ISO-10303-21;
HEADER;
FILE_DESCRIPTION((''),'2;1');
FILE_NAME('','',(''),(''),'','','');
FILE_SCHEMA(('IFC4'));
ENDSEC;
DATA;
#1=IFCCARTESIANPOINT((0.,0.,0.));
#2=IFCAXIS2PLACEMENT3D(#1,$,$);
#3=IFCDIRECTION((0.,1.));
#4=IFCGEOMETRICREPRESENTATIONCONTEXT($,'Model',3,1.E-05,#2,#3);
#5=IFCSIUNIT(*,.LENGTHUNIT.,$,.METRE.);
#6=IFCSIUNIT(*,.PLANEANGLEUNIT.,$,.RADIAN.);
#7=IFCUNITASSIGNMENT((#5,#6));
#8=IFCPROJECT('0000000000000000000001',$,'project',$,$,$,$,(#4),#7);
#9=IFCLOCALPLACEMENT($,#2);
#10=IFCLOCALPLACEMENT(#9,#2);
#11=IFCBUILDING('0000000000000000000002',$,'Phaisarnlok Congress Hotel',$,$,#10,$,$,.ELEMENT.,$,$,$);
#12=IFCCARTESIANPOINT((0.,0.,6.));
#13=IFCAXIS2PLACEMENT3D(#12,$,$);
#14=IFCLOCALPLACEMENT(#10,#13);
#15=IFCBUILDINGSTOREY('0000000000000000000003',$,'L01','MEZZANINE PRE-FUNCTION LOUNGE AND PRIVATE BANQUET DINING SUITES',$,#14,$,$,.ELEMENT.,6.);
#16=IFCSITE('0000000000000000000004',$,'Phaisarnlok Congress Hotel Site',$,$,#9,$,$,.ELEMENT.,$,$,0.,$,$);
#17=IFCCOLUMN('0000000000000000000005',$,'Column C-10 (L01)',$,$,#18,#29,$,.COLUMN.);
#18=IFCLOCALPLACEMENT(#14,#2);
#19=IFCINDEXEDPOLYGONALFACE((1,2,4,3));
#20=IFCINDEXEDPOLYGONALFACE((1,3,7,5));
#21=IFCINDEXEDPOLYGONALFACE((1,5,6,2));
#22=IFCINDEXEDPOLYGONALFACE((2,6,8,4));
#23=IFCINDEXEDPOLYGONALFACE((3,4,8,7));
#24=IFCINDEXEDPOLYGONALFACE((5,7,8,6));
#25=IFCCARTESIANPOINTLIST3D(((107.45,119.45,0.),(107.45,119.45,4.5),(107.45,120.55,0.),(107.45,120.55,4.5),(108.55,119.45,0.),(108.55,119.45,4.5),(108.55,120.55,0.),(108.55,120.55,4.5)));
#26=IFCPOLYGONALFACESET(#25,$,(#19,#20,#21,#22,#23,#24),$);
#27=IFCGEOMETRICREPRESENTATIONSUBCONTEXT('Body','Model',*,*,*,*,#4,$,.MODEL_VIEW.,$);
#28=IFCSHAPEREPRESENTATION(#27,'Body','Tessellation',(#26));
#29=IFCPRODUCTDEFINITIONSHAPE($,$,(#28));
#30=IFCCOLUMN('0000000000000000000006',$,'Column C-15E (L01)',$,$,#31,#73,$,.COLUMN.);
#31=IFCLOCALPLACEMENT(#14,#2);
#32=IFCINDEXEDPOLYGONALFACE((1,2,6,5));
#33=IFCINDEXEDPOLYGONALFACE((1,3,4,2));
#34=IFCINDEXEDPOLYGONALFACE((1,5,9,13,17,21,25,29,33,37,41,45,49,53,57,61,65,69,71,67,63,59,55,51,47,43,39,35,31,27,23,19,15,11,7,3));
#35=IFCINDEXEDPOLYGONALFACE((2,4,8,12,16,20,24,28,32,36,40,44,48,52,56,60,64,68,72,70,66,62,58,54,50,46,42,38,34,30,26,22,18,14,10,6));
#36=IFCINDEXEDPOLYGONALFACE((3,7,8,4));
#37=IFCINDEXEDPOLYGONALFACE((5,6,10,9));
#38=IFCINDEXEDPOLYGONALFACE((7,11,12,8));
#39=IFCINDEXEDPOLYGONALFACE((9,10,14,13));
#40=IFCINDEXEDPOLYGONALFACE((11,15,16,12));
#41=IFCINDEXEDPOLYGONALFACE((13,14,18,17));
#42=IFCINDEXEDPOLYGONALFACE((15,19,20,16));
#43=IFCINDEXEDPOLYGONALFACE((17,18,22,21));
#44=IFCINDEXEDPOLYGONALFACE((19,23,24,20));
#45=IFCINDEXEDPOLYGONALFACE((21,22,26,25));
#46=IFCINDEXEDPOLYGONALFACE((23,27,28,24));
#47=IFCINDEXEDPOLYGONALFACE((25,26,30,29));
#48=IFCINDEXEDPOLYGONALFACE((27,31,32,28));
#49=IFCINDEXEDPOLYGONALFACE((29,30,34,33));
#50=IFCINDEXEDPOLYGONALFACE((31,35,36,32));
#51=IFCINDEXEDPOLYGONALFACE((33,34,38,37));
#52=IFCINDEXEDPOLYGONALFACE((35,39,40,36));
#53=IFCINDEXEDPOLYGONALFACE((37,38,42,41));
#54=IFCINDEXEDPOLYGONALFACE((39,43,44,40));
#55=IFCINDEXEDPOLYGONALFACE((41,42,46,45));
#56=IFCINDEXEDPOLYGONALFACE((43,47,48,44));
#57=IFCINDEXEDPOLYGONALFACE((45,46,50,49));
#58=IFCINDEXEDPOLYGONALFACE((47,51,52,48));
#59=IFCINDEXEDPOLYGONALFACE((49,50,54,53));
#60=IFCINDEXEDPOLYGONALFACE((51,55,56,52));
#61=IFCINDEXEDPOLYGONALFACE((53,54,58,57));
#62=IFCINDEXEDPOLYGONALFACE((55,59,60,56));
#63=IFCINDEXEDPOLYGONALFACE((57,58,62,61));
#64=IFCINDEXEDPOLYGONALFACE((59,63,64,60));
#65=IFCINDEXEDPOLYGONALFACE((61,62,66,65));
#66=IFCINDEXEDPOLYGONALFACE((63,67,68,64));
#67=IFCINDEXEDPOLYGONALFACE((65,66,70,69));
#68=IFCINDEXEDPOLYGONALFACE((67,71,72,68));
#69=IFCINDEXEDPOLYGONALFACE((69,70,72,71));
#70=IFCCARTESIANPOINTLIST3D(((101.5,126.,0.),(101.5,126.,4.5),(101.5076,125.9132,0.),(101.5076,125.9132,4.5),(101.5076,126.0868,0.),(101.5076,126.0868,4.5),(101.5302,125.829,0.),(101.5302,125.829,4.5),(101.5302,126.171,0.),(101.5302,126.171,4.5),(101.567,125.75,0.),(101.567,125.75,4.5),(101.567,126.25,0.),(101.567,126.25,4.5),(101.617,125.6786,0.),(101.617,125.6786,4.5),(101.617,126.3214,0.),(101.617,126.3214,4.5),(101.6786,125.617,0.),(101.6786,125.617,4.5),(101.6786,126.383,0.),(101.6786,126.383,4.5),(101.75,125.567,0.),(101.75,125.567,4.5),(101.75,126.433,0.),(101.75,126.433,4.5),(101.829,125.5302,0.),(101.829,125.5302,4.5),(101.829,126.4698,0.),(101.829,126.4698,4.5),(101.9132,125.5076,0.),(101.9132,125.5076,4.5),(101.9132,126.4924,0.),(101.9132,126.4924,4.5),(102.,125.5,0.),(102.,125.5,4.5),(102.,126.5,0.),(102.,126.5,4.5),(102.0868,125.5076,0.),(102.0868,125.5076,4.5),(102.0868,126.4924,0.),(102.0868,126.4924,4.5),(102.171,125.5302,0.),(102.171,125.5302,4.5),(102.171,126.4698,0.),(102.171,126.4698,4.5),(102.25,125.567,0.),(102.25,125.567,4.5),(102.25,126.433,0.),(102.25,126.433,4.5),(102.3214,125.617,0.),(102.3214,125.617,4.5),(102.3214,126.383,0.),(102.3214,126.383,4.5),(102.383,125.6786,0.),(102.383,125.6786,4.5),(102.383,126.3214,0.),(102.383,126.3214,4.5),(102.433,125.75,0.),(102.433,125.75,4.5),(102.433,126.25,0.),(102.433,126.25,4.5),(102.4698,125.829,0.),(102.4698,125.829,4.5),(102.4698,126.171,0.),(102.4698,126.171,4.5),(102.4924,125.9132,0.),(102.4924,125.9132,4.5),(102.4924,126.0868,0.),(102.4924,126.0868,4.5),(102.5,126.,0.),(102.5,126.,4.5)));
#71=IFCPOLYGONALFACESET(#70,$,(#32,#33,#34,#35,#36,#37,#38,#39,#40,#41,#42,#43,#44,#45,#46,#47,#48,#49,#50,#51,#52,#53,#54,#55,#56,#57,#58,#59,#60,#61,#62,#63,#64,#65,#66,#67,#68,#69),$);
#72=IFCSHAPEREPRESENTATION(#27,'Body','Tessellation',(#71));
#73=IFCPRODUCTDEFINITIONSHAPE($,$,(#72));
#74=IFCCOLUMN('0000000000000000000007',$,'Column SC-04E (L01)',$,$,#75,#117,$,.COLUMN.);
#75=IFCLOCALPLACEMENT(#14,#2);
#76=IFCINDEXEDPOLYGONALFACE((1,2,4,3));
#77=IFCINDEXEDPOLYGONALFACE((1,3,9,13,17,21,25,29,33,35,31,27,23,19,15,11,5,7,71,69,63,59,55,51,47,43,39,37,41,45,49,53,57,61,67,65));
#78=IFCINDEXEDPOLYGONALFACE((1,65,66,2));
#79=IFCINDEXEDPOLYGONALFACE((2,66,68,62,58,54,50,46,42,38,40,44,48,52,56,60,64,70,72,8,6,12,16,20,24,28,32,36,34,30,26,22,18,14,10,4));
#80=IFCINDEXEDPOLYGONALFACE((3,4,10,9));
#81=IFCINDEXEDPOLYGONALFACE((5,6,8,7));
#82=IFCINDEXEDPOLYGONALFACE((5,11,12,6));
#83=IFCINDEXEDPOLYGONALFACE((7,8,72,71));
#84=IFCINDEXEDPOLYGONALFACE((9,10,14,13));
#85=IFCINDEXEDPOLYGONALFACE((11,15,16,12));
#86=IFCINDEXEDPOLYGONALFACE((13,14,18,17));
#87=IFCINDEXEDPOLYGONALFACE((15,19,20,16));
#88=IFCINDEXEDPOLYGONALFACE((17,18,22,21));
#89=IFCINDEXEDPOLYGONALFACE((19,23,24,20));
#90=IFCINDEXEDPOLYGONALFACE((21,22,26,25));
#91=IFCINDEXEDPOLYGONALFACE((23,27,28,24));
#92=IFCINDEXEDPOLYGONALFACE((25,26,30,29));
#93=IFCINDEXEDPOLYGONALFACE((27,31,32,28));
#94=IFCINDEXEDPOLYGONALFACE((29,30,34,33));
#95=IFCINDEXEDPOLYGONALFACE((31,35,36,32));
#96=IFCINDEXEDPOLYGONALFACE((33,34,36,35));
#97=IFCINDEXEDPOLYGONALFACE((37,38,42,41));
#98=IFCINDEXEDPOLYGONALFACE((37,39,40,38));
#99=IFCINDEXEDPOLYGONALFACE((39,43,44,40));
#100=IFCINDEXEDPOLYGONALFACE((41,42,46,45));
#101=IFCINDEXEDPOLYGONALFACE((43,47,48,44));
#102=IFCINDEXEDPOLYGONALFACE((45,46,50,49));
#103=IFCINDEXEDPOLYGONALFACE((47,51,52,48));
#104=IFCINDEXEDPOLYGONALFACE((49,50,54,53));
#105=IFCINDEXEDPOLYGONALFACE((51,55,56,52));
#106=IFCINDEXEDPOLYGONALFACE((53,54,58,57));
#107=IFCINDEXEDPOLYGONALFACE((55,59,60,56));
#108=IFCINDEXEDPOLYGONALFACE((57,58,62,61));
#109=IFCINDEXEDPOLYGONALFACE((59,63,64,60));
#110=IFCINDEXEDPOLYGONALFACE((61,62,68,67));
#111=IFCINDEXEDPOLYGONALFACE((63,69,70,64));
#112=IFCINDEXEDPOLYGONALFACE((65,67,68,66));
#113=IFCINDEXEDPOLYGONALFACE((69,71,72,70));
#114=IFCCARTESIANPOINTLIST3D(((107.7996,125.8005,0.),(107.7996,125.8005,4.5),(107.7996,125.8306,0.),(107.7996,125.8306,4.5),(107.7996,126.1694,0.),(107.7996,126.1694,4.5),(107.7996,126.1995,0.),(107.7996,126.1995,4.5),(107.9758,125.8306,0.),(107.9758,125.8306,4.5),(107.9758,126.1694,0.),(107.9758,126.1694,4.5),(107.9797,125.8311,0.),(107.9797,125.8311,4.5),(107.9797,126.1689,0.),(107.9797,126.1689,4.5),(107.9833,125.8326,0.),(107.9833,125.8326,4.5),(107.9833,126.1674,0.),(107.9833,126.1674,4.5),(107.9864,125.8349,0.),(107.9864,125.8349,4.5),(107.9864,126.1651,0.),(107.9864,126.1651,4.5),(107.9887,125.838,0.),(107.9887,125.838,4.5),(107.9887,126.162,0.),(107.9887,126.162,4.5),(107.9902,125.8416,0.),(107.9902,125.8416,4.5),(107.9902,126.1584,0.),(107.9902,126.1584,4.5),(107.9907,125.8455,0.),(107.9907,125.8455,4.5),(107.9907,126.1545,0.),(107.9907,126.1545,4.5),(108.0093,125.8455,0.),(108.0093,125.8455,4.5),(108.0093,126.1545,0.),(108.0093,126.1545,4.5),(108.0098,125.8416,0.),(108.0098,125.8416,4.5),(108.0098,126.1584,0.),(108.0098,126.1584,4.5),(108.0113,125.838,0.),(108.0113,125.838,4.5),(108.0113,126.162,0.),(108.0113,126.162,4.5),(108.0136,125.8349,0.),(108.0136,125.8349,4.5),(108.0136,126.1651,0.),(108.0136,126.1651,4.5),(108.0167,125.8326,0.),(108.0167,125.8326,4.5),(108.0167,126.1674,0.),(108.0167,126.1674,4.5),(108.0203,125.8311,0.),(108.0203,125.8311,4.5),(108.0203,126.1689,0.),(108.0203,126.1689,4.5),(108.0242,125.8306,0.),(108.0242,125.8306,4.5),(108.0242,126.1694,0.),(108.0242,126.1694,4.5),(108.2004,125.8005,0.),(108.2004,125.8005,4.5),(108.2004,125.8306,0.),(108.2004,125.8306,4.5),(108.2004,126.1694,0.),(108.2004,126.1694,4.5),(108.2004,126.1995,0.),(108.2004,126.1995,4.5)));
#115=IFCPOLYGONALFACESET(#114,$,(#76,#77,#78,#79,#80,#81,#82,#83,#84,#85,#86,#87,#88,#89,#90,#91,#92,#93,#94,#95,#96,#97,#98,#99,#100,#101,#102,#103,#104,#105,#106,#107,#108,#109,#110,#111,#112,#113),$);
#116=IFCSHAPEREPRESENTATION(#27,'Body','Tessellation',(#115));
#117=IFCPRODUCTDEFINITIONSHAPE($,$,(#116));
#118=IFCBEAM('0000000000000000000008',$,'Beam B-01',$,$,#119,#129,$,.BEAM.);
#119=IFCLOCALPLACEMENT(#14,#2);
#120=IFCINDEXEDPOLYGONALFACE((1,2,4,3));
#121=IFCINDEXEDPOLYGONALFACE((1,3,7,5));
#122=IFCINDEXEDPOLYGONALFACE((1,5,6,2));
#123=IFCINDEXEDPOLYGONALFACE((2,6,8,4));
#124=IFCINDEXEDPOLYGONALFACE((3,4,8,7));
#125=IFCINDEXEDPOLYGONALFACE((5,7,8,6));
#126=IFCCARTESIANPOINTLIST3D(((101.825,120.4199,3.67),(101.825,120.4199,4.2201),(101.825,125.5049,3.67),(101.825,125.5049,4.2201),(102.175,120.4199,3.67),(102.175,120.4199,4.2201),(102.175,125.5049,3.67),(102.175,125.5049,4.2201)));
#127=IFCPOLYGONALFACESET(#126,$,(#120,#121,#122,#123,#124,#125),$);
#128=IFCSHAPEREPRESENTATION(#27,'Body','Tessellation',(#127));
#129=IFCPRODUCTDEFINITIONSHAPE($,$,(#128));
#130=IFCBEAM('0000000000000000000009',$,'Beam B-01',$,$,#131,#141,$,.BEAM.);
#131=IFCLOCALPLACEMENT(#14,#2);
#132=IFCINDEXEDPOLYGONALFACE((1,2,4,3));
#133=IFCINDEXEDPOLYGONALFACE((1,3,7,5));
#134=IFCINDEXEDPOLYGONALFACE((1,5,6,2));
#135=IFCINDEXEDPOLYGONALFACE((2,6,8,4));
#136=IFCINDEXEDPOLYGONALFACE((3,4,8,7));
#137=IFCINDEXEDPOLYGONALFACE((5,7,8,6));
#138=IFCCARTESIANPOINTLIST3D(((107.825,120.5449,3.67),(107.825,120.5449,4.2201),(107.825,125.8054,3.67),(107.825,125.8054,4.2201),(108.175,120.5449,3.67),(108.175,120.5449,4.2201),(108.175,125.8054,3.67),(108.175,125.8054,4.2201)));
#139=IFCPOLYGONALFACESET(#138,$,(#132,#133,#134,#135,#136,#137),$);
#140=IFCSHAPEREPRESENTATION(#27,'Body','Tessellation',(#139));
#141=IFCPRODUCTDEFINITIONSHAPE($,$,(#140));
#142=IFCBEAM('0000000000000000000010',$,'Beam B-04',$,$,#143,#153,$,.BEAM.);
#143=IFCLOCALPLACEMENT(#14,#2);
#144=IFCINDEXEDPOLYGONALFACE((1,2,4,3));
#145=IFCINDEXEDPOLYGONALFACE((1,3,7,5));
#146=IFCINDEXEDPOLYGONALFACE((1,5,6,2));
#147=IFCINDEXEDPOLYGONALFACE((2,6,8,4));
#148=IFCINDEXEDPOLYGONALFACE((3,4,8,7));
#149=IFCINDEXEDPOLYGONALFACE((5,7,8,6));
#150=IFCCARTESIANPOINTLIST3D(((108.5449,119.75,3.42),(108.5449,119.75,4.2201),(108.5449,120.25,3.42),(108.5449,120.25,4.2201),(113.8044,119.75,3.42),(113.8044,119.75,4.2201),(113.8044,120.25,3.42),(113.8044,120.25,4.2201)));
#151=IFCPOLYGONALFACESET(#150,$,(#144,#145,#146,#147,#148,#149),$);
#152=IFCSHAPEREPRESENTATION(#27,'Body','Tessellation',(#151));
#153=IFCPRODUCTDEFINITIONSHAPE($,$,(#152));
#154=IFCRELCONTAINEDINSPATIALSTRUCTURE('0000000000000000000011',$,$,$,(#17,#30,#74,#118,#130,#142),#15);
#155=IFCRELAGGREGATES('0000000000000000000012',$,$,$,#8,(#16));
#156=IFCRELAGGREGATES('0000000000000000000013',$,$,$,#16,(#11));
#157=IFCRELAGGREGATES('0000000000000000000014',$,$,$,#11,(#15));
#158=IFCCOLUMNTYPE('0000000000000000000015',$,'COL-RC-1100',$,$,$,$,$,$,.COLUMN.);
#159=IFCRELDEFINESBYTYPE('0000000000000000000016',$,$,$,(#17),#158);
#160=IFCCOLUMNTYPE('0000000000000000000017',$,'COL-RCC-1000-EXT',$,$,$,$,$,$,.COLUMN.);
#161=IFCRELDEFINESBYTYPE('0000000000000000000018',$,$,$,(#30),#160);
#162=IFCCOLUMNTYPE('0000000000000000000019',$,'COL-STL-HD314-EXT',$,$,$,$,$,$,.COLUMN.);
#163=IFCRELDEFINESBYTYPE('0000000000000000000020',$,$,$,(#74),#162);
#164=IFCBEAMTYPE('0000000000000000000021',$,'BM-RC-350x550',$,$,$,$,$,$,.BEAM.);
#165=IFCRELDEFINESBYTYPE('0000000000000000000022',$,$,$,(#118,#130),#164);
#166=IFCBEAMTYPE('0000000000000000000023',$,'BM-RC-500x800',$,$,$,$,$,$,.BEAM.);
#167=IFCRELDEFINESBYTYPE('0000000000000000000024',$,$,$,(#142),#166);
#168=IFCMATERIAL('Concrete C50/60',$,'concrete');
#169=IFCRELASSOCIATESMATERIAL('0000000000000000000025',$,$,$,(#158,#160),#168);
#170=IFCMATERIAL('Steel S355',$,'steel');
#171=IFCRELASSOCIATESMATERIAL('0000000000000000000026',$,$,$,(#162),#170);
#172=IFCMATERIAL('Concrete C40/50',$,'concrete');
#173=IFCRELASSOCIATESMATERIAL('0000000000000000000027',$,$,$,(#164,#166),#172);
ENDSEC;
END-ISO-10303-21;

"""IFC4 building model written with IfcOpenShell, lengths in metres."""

from ifc_helpers import new_model, si_unit, direction, frame, origin, origin_2d, place, context, subcontext, project, spatial, rectangle, circle, i_section, extrude, material, material_profile, profile_set, type_object, element, save


model = new_model("IFC4")

# Units and contexts
model_context = context("Model", 3, precision=1e-05, world=origin(), true_north=direction((0.0, 1.0)))
body_context = subcontext(model_context, "Body", "Model", "MODEL_VIEW")
ifc_project = project(units=[si_unit("LENGTHUNIT", "METRE"), si_unit("PLANEANGLEUNIT", "RADIAN")], contexts=[model_context])

# Site, building, storey
site_placement = place(None, origin())
site = spatial("IfcSite", under=ifc_project, at=site_placement, Name="Phaisarnlok Congress Hotel Site", CompositionType="ELEMENT", RefElevation=0.0)
building_placement = place(site_placement, origin())
building = spatial("IfcBuilding", under=site, at=building_placement, Name="Phaisarnlok Congress Hotel", CompositionType="ELEMENT")
storey_placement = place(building_placement, frame((0.0, 0.0, 6.0)))
storey = spatial("IfcBuildingStorey", under=building, at=storey_placement, Name="L01", Description="MEZZANINE PRE-FUNCTION LOUNGE AND PRIVATE BANQUET DINING SUITES", CompositionType="ELEMENT", Elevation=6.0)

# Columns
ifc_material_1 = material(Name="Concrete C50/60", Category="concrete")
ifc_material_profile_1 = material_profile(ifc_material_1, rectangle(XDim=1.1001, YDim=1.1001, at=origin_2d()), Name="RC 1100x1100")
ifc_profile_set_1 = profile_set([ifc_material_profile_1], Name="Concrete C50/60")
column_type_1 = type_object("IfcColumnType", Name="COL-RC-1100", PredefinedType="COLUMN", material=ifc_profile_set_1)
column_1_placement = place(storey_placement, frame((108.0, 120.0, 0.0), z_axis=(0.0, 0.0, 1.0), x_axis=(1.0, 0.0, 0.0)))
element("IfcColumn", 1, at=column_1_placement, inside=storey, type_object=column_type_1, Name="Column C-10 (L01)", PredefinedType="COLUMN", context=body_context, shape_type="SweptSolid", body=[
    extrude(rectangle(XDim=1.1001, YDim=1.1001, at=origin_2d()), origin(), (0.0, 0.0, 1.0), 4.5),
])
ifc_material_profile_2 = material_profile(ifc_material_1, circle(Radius=0.5, at=origin_2d()), Name="RCC D1000")
ifc_profile_set_2 = profile_set([ifc_material_profile_2], Name="Concrete C50/60")
column_type_2 = type_object("IfcColumnType", Name="COL-RCC-1000-EXT", PredefinedType="COLUMN", material=ifc_profile_set_2)
column_2_placement = place(storey_placement, frame((102.0, 126.0, 0.0), z_axis=(0.0, 0.0, 1.0), x_axis=(1.0, 0.0, 0.0)))
element("IfcColumn", 2, at=column_2_placement, inside=storey, type_object=column_type_2, Name="Column C-15E (L01)", PredefinedType="COLUMN", context=body_context, shape_type="SweptSolid", body=[
    extrude(circle(Radius=0.5, at=origin_2d()), origin(), (0.0, 0.0, 1.0), 4.5),
])
ifc_material_2 = material(Name="Steel S355", Category="steel")
ifc_material_profile_3 = material_profile(ifc_material_2, i_section(OverallWidth=0.4009, OverallDepth=0.3989, WebThickness=0.0186, FlangeThickness=0.03, FilletRadius=0.0149, at=origin_2d()), Name="HD 400x314")
ifc_profile_set_3 = profile_set([ifc_material_profile_3], Name="Steel S355")
column_type_3 = type_object("IfcColumnType", Name="COL-STL-HD314-EXT", PredefinedType="COLUMN", material=ifc_profile_set_3)
column_3_placement = place(storey_placement, frame((108.0, 126.0, 0.0), z_axis=(0.0, 0.0, 1.0), x_axis=(1.0, 0.0, 0.0)))
element("IfcColumn", 3, at=column_3_placement, inside=storey, type_object=column_type_3, Name="Column SC-04E (L01)", PredefinedType="COLUMN", context=body_context, shape_type="SweptSolid", body=[
    extrude(i_section(OverallWidth=0.4009, OverallDepth=0.3989, WebThickness=0.0186, FlangeThickness=0.03, FilletRadius=0.0149, at=origin_2d()), origin(), (0.0, 0.0, 1.0), 4.5),
])

# Beams
ifc_material_3 = material(Name="Concrete C40/50", Category="concrete")
ifc_material_profile_4 = material_profile(ifc_material_3, rectangle(XDim=0.3501, YDim=0.55, at=origin_2d()), Name="RC 350x550")
ifc_profile_set_4 = profile_set([ifc_material_profile_4], Name="Concrete C40/50")
beam_type_1 = type_object("IfcBeamType", Name="BM-RC-350x550", PredefinedType="BEAM", material=ifc_profile_set_4)
beam_1_placement = place(storey_placement, frame((102.0, 120.4199, 3.9451), z_axis=(0.0, 1.0, 0.0), x_axis=(-1.0, 0.0, 0.0)))
element("IfcBeam", 4, at=beam_1_placement, inside=storey, type_object=beam_type_1, Name="Beam B-01", PredefinedType="BEAM", context=body_context, shape_type="SweptSolid", body=[
    extrude(rectangle(XDim=0.3501, YDim=0.55, at=origin_2d()), origin(), (0.0, 0.0, 1.0), 5.085),
])
beam_2_placement = place(storey_placement, frame((108.0, 120.5449, 3.9451), z_axis=(0.0, 1.0, 0.0), x_axis=(-1.0, 0.0, 0.0)))
element("IfcBeam", 5, at=beam_2_placement, inside=storey, type_object=beam_type_1, Name="Beam B-01", PredefinedType="BEAM", context=body_context, shape_type="SweptSolid", body=[
    extrude(rectangle(XDim=0.3501, YDim=0.55, at=origin_2d()), origin(), (0.0, 0.0, 1.0), 5.2605),
])
ifc_material_profile_5 = material_profile(ifc_material_3, rectangle(XDim=0.5, YDim=0.8, at=origin_2d()), Name="RC 500x800")
ifc_profile_set_5 = profile_set([ifc_material_profile_5], Name="Concrete C40/50")
beam_type_2 = type_object("IfcBeamType", Name="BM-RC-500x800", PredefinedType="BEAM", material=ifc_profile_set_5)
beam_3_placement = place(storey_placement, frame((108.5449, 120.0, 3.8201), z_axis=(1.0, 0.0, 0.0), x_axis=(0.0, 1.0, 0.0)))
element("IfcBeam", 6, at=beam_3_placement, inside=storey, type_object=beam_type_2, Name="Beam B-04", PredefinedType="BEAM", context=body_context, shape_type="SweptSolid", body=[
    extrude(rectangle(XDim=0.5, YDim=0.8, at=origin_2d()), origin(), (0.0, 0.0, 1.0), 5.2595),
])

save(model, "model.ifc")
